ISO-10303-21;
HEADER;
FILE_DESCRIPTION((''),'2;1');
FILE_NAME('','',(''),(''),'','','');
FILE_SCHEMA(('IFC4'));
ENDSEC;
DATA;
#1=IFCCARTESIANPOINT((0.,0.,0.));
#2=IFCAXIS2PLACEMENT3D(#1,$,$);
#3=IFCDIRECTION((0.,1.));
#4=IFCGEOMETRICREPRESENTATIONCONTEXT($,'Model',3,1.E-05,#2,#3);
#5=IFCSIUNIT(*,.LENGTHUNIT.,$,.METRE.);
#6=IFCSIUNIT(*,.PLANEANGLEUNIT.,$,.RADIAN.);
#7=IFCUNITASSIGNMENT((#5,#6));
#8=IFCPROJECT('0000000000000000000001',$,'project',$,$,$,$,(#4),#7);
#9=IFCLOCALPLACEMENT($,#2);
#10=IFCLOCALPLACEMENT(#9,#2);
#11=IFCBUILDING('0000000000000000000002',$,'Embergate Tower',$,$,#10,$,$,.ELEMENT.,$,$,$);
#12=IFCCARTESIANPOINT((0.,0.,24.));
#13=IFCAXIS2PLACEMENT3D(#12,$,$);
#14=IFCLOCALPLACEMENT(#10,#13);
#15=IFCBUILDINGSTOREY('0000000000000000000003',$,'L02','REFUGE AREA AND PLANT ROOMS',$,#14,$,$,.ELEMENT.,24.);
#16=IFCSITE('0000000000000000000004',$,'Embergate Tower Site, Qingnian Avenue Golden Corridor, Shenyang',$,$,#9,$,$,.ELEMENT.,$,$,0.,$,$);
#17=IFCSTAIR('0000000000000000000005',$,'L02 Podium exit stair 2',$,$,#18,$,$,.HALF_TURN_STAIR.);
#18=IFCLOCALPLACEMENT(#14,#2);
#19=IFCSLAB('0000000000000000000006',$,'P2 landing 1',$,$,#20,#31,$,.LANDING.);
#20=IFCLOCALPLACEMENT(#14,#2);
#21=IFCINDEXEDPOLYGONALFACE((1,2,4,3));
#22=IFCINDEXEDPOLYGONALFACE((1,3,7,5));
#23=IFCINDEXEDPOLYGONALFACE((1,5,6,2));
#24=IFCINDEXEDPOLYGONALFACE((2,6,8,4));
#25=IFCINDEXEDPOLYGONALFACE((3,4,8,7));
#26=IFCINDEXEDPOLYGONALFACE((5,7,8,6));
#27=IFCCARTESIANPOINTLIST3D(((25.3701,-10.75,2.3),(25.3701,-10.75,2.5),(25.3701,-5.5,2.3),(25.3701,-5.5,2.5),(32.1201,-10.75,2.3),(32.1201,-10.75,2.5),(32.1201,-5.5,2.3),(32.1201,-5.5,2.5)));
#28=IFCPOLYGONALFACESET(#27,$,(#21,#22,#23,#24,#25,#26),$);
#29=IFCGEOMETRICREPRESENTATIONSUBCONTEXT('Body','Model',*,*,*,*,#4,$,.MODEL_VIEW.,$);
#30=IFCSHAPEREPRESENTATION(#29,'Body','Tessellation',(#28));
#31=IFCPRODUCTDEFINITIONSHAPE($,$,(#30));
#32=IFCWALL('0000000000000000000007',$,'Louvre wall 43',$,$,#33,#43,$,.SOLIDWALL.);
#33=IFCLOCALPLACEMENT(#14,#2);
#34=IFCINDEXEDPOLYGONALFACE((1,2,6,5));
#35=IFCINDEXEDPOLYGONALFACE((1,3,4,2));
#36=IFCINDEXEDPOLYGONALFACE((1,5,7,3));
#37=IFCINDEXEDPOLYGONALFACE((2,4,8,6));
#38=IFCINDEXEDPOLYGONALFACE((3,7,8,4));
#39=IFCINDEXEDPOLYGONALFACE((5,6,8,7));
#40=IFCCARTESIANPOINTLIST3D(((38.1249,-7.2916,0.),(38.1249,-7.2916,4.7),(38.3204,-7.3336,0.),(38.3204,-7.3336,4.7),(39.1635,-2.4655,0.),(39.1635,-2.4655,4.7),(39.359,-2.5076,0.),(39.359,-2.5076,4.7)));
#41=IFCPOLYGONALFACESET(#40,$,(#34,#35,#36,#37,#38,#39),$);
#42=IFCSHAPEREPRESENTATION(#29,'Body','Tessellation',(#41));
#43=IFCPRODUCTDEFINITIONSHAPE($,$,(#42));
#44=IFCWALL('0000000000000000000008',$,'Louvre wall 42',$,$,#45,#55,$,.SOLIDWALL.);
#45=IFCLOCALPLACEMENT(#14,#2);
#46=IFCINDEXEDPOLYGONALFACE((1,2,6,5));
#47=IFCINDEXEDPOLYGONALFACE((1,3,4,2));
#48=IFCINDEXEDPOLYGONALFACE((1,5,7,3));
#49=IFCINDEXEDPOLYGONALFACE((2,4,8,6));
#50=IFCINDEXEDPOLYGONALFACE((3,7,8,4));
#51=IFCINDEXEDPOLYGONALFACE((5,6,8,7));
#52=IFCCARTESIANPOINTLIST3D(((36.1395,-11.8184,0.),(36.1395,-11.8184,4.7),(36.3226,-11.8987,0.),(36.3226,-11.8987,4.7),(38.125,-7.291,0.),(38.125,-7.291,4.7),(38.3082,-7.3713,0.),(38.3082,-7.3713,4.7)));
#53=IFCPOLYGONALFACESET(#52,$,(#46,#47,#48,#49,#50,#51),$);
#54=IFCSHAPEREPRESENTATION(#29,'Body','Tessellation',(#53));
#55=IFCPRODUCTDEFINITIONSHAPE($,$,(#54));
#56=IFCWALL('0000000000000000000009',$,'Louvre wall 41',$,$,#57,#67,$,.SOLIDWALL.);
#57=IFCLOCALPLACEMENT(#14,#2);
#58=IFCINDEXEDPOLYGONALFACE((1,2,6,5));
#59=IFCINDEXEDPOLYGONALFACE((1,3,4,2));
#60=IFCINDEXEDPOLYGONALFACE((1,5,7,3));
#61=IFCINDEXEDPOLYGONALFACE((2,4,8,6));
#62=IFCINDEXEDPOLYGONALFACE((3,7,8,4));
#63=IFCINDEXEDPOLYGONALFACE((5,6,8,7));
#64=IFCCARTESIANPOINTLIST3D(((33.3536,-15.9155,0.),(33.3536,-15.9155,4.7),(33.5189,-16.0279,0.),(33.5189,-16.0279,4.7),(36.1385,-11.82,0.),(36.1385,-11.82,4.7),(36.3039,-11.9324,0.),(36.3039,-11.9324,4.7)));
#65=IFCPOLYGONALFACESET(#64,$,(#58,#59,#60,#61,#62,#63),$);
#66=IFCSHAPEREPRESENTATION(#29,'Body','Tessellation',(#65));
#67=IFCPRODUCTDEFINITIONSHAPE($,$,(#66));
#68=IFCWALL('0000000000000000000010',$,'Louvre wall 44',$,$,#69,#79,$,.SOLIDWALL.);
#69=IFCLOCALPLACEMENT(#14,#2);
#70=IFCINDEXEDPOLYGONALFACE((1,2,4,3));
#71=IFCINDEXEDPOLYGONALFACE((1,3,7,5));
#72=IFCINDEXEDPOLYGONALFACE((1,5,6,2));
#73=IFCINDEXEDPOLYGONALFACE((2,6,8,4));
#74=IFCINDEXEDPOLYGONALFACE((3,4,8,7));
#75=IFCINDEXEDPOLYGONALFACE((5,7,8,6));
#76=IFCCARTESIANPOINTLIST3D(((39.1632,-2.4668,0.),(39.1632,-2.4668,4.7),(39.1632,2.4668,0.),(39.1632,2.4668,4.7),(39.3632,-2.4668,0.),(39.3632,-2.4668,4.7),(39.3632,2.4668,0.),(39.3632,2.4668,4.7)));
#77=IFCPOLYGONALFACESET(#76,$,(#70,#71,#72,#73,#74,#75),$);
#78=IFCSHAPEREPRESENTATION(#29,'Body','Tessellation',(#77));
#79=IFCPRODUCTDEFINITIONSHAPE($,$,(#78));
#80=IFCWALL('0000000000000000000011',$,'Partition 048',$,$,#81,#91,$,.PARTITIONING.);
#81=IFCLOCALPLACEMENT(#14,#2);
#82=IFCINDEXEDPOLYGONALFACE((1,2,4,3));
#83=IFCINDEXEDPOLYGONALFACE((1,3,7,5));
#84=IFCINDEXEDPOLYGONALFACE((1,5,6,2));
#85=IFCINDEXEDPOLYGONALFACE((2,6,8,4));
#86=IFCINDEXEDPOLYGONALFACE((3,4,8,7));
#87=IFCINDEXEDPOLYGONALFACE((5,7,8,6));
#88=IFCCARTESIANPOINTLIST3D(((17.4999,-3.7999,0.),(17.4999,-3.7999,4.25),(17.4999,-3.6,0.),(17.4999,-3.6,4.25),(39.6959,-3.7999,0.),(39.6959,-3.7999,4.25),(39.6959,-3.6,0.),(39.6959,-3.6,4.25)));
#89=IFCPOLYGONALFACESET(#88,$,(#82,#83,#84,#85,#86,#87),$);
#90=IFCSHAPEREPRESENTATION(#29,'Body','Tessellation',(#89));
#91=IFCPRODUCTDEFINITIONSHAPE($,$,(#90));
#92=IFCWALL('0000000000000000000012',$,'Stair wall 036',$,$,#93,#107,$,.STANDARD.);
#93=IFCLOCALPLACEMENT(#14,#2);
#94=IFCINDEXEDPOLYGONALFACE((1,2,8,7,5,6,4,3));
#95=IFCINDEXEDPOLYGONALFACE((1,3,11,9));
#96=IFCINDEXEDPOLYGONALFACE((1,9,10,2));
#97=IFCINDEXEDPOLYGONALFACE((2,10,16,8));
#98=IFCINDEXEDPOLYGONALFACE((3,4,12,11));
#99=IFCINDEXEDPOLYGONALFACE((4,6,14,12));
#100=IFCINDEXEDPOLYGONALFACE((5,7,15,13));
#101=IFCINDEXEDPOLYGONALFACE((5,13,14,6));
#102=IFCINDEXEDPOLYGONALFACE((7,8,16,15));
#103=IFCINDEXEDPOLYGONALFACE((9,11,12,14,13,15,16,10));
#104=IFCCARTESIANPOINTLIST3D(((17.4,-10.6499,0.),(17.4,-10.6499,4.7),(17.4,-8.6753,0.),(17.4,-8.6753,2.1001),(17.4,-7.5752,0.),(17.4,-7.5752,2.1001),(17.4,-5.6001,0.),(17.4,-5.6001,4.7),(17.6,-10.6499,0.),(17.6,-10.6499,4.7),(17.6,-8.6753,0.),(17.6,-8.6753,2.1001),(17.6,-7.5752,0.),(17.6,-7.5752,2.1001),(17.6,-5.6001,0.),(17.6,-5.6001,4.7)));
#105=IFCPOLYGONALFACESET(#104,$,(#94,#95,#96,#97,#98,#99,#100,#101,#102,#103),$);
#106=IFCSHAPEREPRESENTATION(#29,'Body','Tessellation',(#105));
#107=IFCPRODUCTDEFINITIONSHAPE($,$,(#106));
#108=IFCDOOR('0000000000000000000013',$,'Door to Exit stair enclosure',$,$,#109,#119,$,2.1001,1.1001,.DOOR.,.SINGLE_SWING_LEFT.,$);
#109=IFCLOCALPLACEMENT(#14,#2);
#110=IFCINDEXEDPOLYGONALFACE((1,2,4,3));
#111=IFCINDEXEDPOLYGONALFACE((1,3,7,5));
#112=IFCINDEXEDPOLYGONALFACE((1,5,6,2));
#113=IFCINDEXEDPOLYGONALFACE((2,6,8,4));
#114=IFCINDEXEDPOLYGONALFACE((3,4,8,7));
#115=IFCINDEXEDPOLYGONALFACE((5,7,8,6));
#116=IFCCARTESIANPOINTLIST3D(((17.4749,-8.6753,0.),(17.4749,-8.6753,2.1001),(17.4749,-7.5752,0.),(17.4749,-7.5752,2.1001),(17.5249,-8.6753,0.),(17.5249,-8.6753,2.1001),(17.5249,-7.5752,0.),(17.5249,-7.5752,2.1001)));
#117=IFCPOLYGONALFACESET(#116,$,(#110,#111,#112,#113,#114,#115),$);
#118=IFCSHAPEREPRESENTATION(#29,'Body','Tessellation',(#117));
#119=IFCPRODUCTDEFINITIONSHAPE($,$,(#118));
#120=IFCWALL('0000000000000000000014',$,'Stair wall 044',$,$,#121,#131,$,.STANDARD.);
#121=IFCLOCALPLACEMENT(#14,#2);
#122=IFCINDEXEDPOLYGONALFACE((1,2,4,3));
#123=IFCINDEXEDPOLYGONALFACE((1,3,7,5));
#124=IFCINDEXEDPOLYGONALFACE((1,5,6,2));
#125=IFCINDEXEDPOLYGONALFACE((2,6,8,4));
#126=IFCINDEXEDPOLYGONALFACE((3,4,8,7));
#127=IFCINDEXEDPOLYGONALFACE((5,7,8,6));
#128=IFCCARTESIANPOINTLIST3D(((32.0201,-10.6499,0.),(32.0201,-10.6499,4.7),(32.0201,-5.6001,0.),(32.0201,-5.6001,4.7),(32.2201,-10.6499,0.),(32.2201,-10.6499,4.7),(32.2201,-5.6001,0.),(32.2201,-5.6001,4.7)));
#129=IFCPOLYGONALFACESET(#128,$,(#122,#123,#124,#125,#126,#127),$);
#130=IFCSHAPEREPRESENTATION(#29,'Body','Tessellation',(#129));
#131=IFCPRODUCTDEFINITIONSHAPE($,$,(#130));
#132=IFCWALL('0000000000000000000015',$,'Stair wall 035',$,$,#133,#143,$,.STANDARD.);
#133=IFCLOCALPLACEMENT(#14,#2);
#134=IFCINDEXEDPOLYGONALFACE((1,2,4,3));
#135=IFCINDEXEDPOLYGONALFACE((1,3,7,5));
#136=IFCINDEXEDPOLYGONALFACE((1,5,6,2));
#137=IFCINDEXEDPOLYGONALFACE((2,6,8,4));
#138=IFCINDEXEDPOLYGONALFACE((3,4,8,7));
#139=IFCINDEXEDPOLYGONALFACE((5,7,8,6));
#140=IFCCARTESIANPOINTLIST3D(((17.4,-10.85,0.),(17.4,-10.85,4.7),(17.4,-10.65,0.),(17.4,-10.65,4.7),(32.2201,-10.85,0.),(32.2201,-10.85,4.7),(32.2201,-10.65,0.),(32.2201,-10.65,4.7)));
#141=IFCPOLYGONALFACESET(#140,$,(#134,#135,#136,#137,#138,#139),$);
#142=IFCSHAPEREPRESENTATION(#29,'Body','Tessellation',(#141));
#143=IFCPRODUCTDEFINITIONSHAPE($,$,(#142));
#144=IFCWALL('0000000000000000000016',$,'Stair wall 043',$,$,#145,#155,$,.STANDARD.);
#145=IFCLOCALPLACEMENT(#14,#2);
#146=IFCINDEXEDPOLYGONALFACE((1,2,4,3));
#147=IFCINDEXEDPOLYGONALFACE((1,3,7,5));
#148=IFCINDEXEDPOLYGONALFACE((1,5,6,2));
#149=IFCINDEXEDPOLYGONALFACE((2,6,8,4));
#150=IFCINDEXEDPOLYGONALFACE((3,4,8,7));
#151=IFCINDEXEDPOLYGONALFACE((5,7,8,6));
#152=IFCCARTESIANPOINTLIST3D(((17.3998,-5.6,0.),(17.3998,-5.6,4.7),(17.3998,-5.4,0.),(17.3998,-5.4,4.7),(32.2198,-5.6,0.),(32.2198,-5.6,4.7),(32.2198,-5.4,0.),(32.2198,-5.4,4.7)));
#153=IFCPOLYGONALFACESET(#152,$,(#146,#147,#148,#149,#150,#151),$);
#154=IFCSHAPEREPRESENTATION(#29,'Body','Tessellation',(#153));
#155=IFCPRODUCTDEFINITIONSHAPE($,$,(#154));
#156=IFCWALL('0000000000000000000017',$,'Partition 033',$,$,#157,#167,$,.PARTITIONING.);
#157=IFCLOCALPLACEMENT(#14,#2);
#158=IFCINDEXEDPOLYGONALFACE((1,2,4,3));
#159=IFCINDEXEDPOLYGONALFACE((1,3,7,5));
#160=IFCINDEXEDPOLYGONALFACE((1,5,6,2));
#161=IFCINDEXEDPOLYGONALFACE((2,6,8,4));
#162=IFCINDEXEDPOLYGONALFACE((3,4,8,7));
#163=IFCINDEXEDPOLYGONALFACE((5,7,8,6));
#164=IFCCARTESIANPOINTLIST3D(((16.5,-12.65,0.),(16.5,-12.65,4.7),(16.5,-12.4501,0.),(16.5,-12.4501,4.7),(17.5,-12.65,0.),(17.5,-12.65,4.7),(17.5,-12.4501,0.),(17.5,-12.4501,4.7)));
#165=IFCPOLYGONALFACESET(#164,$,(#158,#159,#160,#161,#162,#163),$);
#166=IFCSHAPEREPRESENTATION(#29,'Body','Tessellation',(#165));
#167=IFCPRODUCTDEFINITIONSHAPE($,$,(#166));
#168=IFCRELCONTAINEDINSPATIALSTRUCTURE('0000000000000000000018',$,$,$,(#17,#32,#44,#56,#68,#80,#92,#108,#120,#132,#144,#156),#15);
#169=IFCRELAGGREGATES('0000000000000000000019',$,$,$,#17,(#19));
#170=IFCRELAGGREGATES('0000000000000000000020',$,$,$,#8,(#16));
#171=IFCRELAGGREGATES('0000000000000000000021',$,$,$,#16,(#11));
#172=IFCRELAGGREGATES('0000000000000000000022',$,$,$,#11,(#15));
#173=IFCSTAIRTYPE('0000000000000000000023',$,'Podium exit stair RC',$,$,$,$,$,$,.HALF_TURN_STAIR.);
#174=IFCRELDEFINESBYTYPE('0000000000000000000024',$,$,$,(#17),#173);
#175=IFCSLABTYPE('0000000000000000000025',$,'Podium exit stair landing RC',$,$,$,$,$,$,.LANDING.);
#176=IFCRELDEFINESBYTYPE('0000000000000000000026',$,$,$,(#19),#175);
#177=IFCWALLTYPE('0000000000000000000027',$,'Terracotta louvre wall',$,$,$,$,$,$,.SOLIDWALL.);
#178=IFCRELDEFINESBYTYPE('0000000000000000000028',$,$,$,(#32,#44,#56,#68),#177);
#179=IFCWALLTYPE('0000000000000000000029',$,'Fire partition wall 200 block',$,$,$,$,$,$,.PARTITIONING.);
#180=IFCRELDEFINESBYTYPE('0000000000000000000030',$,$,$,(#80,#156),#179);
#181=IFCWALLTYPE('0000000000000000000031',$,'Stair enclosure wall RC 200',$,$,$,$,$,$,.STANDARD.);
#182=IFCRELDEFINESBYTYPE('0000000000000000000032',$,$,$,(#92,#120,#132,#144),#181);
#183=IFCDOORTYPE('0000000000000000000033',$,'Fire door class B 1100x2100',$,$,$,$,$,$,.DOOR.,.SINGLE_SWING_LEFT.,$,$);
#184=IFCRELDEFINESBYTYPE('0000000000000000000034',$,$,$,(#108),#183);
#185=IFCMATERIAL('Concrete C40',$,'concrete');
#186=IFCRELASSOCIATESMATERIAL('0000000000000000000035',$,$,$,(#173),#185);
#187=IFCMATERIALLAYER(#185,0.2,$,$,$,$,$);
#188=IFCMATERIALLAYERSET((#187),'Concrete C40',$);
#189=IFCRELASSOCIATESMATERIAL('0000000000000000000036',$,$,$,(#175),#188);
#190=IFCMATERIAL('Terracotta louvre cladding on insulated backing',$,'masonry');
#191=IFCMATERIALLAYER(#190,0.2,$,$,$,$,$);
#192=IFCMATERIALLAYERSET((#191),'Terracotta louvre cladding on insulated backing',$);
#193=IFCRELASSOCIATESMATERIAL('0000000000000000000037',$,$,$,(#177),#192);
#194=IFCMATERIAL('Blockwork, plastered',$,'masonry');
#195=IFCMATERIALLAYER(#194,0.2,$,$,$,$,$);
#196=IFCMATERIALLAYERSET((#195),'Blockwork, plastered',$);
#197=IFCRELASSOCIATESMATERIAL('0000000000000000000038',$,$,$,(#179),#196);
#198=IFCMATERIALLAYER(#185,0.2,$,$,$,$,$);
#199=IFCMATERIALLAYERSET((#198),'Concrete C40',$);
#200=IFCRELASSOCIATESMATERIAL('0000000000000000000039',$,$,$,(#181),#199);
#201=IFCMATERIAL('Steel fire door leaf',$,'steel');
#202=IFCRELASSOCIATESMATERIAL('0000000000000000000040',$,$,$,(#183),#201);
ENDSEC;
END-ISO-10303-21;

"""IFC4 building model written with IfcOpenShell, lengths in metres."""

from ifc_helpers import new_model, si_unit, direction, frame, frame_2d, origin, place, context, subcontext, project, spatial, polyline, rectangle, outline, extrude, source, transform, mapped, material, layer, layer_set, type_object, element, fill, aggregate, save


model = new_model("IFC4")

# Units and contexts
model_context = context("Model", 3, precision=1e-05, world=origin(), true_north=direction((0.0, 1.0)))
body_context = subcontext(model_context, "Body", "Model", "MODEL_VIEW")
ifc_project = project(units=[si_unit("LENGTHUNIT", "METRE"), si_unit("PLANEANGLEUNIT", "RADIAN")], contexts=[model_context])

# Site, building, storey
site_placement = place(None, origin())
site = spatial("IfcSite", under=ifc_project, at=site_placement, Name="Embergate Tower Site, Qingnian Avenue Golden Corridor, Shenyang", CompositionType="ELEMENT", RefElevation=0.0)
building_placement = place(site_placement, origin())
building = spatial("IfcBuilding", under=site, at=building_placement, Name="Embergate Tower", CompositionType="ELEMENT")
storey_placement = place(building_placement, frame((0.0, 0.0, 24.0)))
storey = spatial("IfcBuildingStorey", under=building, at=storey_placement, Name="L02", Description="REFUGE AREA AND PLANT ROOMS", CompositionType="ELEMENT", Elevation=24.0)

# Stair, slab
ifc_material_1 = material(Name="Concrete C40", Category="concrete")
stair_type = type_object("IfcStairType", Name="Podium exit stair RC", PredefinedType="HALF_TURN_STAIR", material=ifc_material_1)
stair_placement = place(storey_placement, origin())
stair = element("IfcStair", 1, at=stair_placement, inside=storey, type_object=stair_type, Name="L02 Podium exit stair 2", PredefinedType="HALF_TURN_STAIR")
ifc_layer_1 = layer(ifc_material_1, 0.2)
ifc_layer_set_1 = layer_set([ifc_layer_1], Name="Concrete C40")
slab_type = type_object("IfcSlabType", Name="Podium exit stair landing RC", PredefinedType="LANDING", material=ifc_layer_set_1)
shared_shape_1 = source(origin(), body_context, "Body", "SweptSolid", [
    extrude(outline(polyline([(0.0, 0.0), (6.75, 0.0), (6.75, 5.25), (0.0, 5.25), (0.0, 0.0)])), origin(), (0.0, 0.0, 1.0), 0.2),
])
slab_placement = place(storey_placement, frame((25.3701, -10.75, 2.3)))
slab = element("IfcSlab", 2, at=slab_placement, type_object=slab_type, Name="P2 landing 1", PredefinedType="LANDING", context=body_context, shape_type="MappedRepresentation", body=[
    mapped(shared_shape_1, transform((0.0, 0.0, 0.0))),
])

# Walls
ifc_material_2 = material(Name="Terracotta louvre cladding on insulated backing", Category="masonry")
ifc_layer_2 = layer(ifc_material_2, 0.2)
ifc_layer_set_2 = layer_set([ifc_layer_2], Name="Terracotta louvre cladding on insulated backing")
wall_type_1 = type_object("IfcWallType", Name="Terracotta louvre wall", PredefinedType="SOLIDWALL", material=ifc_layer_set_2)
shared_shape_2 = source(origin(), body_context, "Body", "SweptSolid", [
    extrude(rectangle(XDim=4.9365, YDim=0.2, at=frame_2d((2.4683, 0.0))), origin(), (0.0, 0.0, 1.0), 4.7),
])
wall_1_placement = place(storey_placement, frame((39.2612, -2.4866, 0.0), z_axis=(0.0, 0.0, 1.0), x_axis=(-0.21039, -0.977617, 0.0)))
element("IfcWall", 3, at=wall_1_placement, inside=storey, type_object=wall_type_1, Name="Louvre wall 43", PredefinedType="SOLIDWALL", context=body_context, shape_type="MappedRepresentation", body=[
    mapped(shared_shape_2, transform((0.0, 0.0, 0.0))),
])
shared_shape_3 = source(origin(), body_context, "Body", "SweptSolid", [
    extrude(rectangle(XDim=4.9436, YDim=0.2, at=frame_2d((2.4717, 0.0))), origin(), (0.0, 0.0, 1.0), 4.7),
])
wall_2_placement = place(storey_placement, frame((38.2166, -7.3313, 0.0), z_axis=(0.0, 0.0, 1.0), x_axis=(-0.401648, -0.915794, 0.0)))
element("IfcWall", 4, at=wall_2_placement, inside=storey, type_object=wall_type_1, Name="Louvre wall 42", PredefinedType="SOLIDWALL", context=body_context, shape_type="MappedRepresentation", body=[
    mapped(shared_shape_3, transform((0.0, 0.0, 0.0))),
])
shared_shape_4 = source(origin(), body_context, "Body", "SweptSolid", [
    extrude(rectangle(XDim=4.9526, YDim=0.2, at=frame_2d((2.4763, 0.0))), origin(), (0.0, 0.0, 1.0), 4.7),
])
wall_3_placement = place(storey_placement, frame((36.2212, -11.8762, 0.0), z_axis=(0.0, 0.0, 1.0), x_axis=(-0.56231, -0.826927, 0.0)))
element("IfcWall", 5, at=wall_3_placement, inside=storey, type_object=wall_type_1, Name="Louvre wall 41", PredefinedType="SOLIDWALL", context=body_context, shape_type="MappedRepresentation", body=[
    mapped(shared_shape_4, transform((0.0, 0.0, 0.0))),
])
shared_shape_5 = source(origin(), body_context, "Body", "SweptSolid", [
    extrude(rectangle(XDim=4.9336, YDim=0.2, at=frame_2d((2.4668, 0.0))), origin(), (0.0, 0.0, 1.0), 4.7),
])
wall_4_placement = place(storey_placement, frame((39.2632, 2.4668, 0.0), z_axis=(0.0, 0.0, 1.0), x_axis=(0.0, -1.0, 0.0)))
element("IfcWall", 6, at=wall_4_placement, inside=storey, type_object=wall_type_1, Name="Louvre wall 44", PredefinedType="SOLIDWALL", context=body_context, shape_type="MappedRepresentation", body=[
    mapped(shared_shape_5, transform((0.0, 0.0, 0.0))),
])
ifc_material_3 = material(Name="Blockwork, plastered", Category="masonry")
ifc_layer_3 = layer(ifc_material_3, 0.2)
ifc_layer_set_3 = layer_set([ifc_layer_3], Name="Blockwork, plastered")
wall_type_2 = type_object("IfcWallType", Name="Fire partition wall 200 block", PredefinedType="PARTITIONING", material=ifc_layer_set_3)
shared_shape_6 = source(origin(), body_context, "Body", "SweptSolid", [
    extrude(rectangle(XDim=22.196, YDim=0.2, at=frame_2d((11.0981, 0.0))), origin(), (0.0, 0.0, 1.0), 4.25),
])
wall_5_placement = place(storey_placement, frame((39.696, -3.7, 0.0), z_axis=(0.0, 0.0, 1.0), x_axis=(-1.0, 0.0, 0.0)))
element("IfcWall", 7, at=wall_5_placement, inside=storey, type_object=wall_type_2, Name="Partition 048", PredefinedType="PARTITIONING", context=body_context, shape_type="MappedRepresentation", body=[
    mapped(shared_shape_6, transform((0.0, 0.0, 0.0))),
])

# Wall, opening, door
ifc_layer_4 = layer(ifc_material_1, 0.2)
ifc_layer_set_4 = layer_set([ifc_layer_4], Name="Concrete C40")
wall_type_3 = type_object("IfcWallType", Name="Stair enclosure wall RC 200", PredefinedType="STANDARD", material=ifc_layer_set_4)
shared_shape_7 = source(origin(), body_context, "Body", "SweptSolid", [
    extrude(rectangle(XDim=5.0498, YDim=0.2, at=frame_2d((2.5249, 0.0))), origin(), (0.0, 0.0, 1.0), 4.7),
])
wall_6_placement = place(storey_placement, frame((17.5, -5.6001, 0.0), z_axis=(0.0, 0.0, 1.0), x_axis=(0.0, -1.0, 0.0)))
wall_6 = element("IfcWall", 8, at=wall_6_placement, inside=storey, type_object=wall_type_3, Name="Stair wall 036", PredefinedType="STANDARD", context=body_context, shape_type="MappedRepresentation", body=[
    mapped(shared_shape_7, transform((0.0, 0.0, 0.0))),
])
shared_shape_8 = source(origin(), body_context, "Body", "SweptSolid", [
    extrude(rectangle(XDim=1.1001, YDim=2.1001, at=frame_2d((0.55, 1.05))), frame((0.0, 0.1099, 0.0), z_axis=(0.0, -1.0, 0.0), x_axis=(1.0, 0.0, 0.0)), (0.0, 0.0, 1.0), 0.22),
])
opening_placement = place(wall_6_placement, frame((1.9751, 0.0, 0.0)))
opening = element("IfcOpeningElement", 9, at=opening_placement, cuts=wall_6, PredefinedType="OPENING", context=body_context, shape_type="MappedRepresentation", body=[
    mapped(shared_shape_8, transform((0.0, 0.0, 0.0))),
])
ifc_material_4 = material(Name="Steel fire door leaf", Category="steel")
door_type = type_object("IfcDoorType", Name="Fire door class B 1100x2100", OperationType="SINGLE_SWING_LEFT", PredefinedType="DOOR", material=ifc_material_4)
shared_shape_9 = source(origin(), body_context, "Body", "SweptSolid", [
    extrude(rectangle(XDim=1.1001, YDim=2.1001, at=frame_2d((0.55, 1.05))), frame((0.0, 0.0249, 0.0), z_axis=(0.0, -1.0, 0.0), x_axis=(1.0, 0.0, 0.0)), (0.0, 0.0, 1.0), 0.05),
])
door_placement = place(opening_placement, origin())
door = element("IfcDoor", 10, at=door_placement, inside=storey, type_object=door_type, Name="Door to Exit stair enclosure", OperationType="SINGLE_SWING_LEFT", OverallHeight=2.1001, OverallWidth=1.1001, PredefinedType="DOOR", context=body_context, shape_type="MappedRepresentation", body=[
    mapped(shared_shape_9, transform((0.0, 0.0, 0.0))),
])
fill(opening, door)

# Walls
wall_7_placement = place(storey_placement, frame((32.1201, -5.6001, 0.0), z_axis=(0.0, 0.0, 1.0), x_axis=(0.0, -1.0, 0.0)))
element("IfcWall", 11, at=wall_7_placement, inside=storey, type_object=wall_type_3, Name="Stair wall 044", PredefinedType="STANDARD", context=body_context, shape_type="MappedRepresentation", body=[
    mapped(shared_shape_7, transform((0.0, 0.0, 0.0))),
])
shared_shape_10 = source(origin(), body_context, "Body", "SweptSolid", [
    extrude(rectangle(XDim=14.8201, YDim=0.2, at=frame_2d((7.4102, 0.0))), origin(), (0.0, 0.0, 1.0), 4.7),
])
for number, where, z_axis, x_axis, name in (
    (12, (17.3999, -10.75, 0.0), (0.0, 0.0, 1.0), (1.0, 0.0, 0.0), "Stair wall 035"),
    (13, (32.22, -5.5, 0.0), (0.0, 0.0, 1.0), (-1.0, 0.0, 0.0), "Stair wall 043"),
):
    element("IfcWall", number, at=place(storey_placement, frame(where, z_axis=z_axis, x_axis=x_axis)), inside=storey, type_object=wall_type_3, Name=name, PredefinedType="STANDARD", context=body_context, shape_type="MappedRepresentation", body=[
        mapped(shared_shape_10, transform((0.0, 0.0, 0.0))),
    ])
shared_shape_11 = source(origin(), body_context, "Body", "SweptSolid", [
    extrude(rectangle(XDim=1.0, YDim=0.2, at=frame_2d((0.5, 0.0))), origin(), (0.0, 0.0, 1.0), 4.7),
])
wall_8_placement = place(storey_placement, frame((17.5, -12.55, 0.0), z_axis=(0.0, 0.0, 1.0), x_axis=(-1.0, 0.0, 0.0)))
element("IfcWall", 14, at=wall_8_placement, inside=storey, type_object=wall_type_2, Name="Partition 033", PredefinedType="PARTITIONING", context=body_context, shape_type="MappedRepresentation", body=[
    mapped(shared_shape_11, transform((0.0, 0.0, 0.0))),
])

aggregate(stair, [slab])

save(model, "model.ifc")
